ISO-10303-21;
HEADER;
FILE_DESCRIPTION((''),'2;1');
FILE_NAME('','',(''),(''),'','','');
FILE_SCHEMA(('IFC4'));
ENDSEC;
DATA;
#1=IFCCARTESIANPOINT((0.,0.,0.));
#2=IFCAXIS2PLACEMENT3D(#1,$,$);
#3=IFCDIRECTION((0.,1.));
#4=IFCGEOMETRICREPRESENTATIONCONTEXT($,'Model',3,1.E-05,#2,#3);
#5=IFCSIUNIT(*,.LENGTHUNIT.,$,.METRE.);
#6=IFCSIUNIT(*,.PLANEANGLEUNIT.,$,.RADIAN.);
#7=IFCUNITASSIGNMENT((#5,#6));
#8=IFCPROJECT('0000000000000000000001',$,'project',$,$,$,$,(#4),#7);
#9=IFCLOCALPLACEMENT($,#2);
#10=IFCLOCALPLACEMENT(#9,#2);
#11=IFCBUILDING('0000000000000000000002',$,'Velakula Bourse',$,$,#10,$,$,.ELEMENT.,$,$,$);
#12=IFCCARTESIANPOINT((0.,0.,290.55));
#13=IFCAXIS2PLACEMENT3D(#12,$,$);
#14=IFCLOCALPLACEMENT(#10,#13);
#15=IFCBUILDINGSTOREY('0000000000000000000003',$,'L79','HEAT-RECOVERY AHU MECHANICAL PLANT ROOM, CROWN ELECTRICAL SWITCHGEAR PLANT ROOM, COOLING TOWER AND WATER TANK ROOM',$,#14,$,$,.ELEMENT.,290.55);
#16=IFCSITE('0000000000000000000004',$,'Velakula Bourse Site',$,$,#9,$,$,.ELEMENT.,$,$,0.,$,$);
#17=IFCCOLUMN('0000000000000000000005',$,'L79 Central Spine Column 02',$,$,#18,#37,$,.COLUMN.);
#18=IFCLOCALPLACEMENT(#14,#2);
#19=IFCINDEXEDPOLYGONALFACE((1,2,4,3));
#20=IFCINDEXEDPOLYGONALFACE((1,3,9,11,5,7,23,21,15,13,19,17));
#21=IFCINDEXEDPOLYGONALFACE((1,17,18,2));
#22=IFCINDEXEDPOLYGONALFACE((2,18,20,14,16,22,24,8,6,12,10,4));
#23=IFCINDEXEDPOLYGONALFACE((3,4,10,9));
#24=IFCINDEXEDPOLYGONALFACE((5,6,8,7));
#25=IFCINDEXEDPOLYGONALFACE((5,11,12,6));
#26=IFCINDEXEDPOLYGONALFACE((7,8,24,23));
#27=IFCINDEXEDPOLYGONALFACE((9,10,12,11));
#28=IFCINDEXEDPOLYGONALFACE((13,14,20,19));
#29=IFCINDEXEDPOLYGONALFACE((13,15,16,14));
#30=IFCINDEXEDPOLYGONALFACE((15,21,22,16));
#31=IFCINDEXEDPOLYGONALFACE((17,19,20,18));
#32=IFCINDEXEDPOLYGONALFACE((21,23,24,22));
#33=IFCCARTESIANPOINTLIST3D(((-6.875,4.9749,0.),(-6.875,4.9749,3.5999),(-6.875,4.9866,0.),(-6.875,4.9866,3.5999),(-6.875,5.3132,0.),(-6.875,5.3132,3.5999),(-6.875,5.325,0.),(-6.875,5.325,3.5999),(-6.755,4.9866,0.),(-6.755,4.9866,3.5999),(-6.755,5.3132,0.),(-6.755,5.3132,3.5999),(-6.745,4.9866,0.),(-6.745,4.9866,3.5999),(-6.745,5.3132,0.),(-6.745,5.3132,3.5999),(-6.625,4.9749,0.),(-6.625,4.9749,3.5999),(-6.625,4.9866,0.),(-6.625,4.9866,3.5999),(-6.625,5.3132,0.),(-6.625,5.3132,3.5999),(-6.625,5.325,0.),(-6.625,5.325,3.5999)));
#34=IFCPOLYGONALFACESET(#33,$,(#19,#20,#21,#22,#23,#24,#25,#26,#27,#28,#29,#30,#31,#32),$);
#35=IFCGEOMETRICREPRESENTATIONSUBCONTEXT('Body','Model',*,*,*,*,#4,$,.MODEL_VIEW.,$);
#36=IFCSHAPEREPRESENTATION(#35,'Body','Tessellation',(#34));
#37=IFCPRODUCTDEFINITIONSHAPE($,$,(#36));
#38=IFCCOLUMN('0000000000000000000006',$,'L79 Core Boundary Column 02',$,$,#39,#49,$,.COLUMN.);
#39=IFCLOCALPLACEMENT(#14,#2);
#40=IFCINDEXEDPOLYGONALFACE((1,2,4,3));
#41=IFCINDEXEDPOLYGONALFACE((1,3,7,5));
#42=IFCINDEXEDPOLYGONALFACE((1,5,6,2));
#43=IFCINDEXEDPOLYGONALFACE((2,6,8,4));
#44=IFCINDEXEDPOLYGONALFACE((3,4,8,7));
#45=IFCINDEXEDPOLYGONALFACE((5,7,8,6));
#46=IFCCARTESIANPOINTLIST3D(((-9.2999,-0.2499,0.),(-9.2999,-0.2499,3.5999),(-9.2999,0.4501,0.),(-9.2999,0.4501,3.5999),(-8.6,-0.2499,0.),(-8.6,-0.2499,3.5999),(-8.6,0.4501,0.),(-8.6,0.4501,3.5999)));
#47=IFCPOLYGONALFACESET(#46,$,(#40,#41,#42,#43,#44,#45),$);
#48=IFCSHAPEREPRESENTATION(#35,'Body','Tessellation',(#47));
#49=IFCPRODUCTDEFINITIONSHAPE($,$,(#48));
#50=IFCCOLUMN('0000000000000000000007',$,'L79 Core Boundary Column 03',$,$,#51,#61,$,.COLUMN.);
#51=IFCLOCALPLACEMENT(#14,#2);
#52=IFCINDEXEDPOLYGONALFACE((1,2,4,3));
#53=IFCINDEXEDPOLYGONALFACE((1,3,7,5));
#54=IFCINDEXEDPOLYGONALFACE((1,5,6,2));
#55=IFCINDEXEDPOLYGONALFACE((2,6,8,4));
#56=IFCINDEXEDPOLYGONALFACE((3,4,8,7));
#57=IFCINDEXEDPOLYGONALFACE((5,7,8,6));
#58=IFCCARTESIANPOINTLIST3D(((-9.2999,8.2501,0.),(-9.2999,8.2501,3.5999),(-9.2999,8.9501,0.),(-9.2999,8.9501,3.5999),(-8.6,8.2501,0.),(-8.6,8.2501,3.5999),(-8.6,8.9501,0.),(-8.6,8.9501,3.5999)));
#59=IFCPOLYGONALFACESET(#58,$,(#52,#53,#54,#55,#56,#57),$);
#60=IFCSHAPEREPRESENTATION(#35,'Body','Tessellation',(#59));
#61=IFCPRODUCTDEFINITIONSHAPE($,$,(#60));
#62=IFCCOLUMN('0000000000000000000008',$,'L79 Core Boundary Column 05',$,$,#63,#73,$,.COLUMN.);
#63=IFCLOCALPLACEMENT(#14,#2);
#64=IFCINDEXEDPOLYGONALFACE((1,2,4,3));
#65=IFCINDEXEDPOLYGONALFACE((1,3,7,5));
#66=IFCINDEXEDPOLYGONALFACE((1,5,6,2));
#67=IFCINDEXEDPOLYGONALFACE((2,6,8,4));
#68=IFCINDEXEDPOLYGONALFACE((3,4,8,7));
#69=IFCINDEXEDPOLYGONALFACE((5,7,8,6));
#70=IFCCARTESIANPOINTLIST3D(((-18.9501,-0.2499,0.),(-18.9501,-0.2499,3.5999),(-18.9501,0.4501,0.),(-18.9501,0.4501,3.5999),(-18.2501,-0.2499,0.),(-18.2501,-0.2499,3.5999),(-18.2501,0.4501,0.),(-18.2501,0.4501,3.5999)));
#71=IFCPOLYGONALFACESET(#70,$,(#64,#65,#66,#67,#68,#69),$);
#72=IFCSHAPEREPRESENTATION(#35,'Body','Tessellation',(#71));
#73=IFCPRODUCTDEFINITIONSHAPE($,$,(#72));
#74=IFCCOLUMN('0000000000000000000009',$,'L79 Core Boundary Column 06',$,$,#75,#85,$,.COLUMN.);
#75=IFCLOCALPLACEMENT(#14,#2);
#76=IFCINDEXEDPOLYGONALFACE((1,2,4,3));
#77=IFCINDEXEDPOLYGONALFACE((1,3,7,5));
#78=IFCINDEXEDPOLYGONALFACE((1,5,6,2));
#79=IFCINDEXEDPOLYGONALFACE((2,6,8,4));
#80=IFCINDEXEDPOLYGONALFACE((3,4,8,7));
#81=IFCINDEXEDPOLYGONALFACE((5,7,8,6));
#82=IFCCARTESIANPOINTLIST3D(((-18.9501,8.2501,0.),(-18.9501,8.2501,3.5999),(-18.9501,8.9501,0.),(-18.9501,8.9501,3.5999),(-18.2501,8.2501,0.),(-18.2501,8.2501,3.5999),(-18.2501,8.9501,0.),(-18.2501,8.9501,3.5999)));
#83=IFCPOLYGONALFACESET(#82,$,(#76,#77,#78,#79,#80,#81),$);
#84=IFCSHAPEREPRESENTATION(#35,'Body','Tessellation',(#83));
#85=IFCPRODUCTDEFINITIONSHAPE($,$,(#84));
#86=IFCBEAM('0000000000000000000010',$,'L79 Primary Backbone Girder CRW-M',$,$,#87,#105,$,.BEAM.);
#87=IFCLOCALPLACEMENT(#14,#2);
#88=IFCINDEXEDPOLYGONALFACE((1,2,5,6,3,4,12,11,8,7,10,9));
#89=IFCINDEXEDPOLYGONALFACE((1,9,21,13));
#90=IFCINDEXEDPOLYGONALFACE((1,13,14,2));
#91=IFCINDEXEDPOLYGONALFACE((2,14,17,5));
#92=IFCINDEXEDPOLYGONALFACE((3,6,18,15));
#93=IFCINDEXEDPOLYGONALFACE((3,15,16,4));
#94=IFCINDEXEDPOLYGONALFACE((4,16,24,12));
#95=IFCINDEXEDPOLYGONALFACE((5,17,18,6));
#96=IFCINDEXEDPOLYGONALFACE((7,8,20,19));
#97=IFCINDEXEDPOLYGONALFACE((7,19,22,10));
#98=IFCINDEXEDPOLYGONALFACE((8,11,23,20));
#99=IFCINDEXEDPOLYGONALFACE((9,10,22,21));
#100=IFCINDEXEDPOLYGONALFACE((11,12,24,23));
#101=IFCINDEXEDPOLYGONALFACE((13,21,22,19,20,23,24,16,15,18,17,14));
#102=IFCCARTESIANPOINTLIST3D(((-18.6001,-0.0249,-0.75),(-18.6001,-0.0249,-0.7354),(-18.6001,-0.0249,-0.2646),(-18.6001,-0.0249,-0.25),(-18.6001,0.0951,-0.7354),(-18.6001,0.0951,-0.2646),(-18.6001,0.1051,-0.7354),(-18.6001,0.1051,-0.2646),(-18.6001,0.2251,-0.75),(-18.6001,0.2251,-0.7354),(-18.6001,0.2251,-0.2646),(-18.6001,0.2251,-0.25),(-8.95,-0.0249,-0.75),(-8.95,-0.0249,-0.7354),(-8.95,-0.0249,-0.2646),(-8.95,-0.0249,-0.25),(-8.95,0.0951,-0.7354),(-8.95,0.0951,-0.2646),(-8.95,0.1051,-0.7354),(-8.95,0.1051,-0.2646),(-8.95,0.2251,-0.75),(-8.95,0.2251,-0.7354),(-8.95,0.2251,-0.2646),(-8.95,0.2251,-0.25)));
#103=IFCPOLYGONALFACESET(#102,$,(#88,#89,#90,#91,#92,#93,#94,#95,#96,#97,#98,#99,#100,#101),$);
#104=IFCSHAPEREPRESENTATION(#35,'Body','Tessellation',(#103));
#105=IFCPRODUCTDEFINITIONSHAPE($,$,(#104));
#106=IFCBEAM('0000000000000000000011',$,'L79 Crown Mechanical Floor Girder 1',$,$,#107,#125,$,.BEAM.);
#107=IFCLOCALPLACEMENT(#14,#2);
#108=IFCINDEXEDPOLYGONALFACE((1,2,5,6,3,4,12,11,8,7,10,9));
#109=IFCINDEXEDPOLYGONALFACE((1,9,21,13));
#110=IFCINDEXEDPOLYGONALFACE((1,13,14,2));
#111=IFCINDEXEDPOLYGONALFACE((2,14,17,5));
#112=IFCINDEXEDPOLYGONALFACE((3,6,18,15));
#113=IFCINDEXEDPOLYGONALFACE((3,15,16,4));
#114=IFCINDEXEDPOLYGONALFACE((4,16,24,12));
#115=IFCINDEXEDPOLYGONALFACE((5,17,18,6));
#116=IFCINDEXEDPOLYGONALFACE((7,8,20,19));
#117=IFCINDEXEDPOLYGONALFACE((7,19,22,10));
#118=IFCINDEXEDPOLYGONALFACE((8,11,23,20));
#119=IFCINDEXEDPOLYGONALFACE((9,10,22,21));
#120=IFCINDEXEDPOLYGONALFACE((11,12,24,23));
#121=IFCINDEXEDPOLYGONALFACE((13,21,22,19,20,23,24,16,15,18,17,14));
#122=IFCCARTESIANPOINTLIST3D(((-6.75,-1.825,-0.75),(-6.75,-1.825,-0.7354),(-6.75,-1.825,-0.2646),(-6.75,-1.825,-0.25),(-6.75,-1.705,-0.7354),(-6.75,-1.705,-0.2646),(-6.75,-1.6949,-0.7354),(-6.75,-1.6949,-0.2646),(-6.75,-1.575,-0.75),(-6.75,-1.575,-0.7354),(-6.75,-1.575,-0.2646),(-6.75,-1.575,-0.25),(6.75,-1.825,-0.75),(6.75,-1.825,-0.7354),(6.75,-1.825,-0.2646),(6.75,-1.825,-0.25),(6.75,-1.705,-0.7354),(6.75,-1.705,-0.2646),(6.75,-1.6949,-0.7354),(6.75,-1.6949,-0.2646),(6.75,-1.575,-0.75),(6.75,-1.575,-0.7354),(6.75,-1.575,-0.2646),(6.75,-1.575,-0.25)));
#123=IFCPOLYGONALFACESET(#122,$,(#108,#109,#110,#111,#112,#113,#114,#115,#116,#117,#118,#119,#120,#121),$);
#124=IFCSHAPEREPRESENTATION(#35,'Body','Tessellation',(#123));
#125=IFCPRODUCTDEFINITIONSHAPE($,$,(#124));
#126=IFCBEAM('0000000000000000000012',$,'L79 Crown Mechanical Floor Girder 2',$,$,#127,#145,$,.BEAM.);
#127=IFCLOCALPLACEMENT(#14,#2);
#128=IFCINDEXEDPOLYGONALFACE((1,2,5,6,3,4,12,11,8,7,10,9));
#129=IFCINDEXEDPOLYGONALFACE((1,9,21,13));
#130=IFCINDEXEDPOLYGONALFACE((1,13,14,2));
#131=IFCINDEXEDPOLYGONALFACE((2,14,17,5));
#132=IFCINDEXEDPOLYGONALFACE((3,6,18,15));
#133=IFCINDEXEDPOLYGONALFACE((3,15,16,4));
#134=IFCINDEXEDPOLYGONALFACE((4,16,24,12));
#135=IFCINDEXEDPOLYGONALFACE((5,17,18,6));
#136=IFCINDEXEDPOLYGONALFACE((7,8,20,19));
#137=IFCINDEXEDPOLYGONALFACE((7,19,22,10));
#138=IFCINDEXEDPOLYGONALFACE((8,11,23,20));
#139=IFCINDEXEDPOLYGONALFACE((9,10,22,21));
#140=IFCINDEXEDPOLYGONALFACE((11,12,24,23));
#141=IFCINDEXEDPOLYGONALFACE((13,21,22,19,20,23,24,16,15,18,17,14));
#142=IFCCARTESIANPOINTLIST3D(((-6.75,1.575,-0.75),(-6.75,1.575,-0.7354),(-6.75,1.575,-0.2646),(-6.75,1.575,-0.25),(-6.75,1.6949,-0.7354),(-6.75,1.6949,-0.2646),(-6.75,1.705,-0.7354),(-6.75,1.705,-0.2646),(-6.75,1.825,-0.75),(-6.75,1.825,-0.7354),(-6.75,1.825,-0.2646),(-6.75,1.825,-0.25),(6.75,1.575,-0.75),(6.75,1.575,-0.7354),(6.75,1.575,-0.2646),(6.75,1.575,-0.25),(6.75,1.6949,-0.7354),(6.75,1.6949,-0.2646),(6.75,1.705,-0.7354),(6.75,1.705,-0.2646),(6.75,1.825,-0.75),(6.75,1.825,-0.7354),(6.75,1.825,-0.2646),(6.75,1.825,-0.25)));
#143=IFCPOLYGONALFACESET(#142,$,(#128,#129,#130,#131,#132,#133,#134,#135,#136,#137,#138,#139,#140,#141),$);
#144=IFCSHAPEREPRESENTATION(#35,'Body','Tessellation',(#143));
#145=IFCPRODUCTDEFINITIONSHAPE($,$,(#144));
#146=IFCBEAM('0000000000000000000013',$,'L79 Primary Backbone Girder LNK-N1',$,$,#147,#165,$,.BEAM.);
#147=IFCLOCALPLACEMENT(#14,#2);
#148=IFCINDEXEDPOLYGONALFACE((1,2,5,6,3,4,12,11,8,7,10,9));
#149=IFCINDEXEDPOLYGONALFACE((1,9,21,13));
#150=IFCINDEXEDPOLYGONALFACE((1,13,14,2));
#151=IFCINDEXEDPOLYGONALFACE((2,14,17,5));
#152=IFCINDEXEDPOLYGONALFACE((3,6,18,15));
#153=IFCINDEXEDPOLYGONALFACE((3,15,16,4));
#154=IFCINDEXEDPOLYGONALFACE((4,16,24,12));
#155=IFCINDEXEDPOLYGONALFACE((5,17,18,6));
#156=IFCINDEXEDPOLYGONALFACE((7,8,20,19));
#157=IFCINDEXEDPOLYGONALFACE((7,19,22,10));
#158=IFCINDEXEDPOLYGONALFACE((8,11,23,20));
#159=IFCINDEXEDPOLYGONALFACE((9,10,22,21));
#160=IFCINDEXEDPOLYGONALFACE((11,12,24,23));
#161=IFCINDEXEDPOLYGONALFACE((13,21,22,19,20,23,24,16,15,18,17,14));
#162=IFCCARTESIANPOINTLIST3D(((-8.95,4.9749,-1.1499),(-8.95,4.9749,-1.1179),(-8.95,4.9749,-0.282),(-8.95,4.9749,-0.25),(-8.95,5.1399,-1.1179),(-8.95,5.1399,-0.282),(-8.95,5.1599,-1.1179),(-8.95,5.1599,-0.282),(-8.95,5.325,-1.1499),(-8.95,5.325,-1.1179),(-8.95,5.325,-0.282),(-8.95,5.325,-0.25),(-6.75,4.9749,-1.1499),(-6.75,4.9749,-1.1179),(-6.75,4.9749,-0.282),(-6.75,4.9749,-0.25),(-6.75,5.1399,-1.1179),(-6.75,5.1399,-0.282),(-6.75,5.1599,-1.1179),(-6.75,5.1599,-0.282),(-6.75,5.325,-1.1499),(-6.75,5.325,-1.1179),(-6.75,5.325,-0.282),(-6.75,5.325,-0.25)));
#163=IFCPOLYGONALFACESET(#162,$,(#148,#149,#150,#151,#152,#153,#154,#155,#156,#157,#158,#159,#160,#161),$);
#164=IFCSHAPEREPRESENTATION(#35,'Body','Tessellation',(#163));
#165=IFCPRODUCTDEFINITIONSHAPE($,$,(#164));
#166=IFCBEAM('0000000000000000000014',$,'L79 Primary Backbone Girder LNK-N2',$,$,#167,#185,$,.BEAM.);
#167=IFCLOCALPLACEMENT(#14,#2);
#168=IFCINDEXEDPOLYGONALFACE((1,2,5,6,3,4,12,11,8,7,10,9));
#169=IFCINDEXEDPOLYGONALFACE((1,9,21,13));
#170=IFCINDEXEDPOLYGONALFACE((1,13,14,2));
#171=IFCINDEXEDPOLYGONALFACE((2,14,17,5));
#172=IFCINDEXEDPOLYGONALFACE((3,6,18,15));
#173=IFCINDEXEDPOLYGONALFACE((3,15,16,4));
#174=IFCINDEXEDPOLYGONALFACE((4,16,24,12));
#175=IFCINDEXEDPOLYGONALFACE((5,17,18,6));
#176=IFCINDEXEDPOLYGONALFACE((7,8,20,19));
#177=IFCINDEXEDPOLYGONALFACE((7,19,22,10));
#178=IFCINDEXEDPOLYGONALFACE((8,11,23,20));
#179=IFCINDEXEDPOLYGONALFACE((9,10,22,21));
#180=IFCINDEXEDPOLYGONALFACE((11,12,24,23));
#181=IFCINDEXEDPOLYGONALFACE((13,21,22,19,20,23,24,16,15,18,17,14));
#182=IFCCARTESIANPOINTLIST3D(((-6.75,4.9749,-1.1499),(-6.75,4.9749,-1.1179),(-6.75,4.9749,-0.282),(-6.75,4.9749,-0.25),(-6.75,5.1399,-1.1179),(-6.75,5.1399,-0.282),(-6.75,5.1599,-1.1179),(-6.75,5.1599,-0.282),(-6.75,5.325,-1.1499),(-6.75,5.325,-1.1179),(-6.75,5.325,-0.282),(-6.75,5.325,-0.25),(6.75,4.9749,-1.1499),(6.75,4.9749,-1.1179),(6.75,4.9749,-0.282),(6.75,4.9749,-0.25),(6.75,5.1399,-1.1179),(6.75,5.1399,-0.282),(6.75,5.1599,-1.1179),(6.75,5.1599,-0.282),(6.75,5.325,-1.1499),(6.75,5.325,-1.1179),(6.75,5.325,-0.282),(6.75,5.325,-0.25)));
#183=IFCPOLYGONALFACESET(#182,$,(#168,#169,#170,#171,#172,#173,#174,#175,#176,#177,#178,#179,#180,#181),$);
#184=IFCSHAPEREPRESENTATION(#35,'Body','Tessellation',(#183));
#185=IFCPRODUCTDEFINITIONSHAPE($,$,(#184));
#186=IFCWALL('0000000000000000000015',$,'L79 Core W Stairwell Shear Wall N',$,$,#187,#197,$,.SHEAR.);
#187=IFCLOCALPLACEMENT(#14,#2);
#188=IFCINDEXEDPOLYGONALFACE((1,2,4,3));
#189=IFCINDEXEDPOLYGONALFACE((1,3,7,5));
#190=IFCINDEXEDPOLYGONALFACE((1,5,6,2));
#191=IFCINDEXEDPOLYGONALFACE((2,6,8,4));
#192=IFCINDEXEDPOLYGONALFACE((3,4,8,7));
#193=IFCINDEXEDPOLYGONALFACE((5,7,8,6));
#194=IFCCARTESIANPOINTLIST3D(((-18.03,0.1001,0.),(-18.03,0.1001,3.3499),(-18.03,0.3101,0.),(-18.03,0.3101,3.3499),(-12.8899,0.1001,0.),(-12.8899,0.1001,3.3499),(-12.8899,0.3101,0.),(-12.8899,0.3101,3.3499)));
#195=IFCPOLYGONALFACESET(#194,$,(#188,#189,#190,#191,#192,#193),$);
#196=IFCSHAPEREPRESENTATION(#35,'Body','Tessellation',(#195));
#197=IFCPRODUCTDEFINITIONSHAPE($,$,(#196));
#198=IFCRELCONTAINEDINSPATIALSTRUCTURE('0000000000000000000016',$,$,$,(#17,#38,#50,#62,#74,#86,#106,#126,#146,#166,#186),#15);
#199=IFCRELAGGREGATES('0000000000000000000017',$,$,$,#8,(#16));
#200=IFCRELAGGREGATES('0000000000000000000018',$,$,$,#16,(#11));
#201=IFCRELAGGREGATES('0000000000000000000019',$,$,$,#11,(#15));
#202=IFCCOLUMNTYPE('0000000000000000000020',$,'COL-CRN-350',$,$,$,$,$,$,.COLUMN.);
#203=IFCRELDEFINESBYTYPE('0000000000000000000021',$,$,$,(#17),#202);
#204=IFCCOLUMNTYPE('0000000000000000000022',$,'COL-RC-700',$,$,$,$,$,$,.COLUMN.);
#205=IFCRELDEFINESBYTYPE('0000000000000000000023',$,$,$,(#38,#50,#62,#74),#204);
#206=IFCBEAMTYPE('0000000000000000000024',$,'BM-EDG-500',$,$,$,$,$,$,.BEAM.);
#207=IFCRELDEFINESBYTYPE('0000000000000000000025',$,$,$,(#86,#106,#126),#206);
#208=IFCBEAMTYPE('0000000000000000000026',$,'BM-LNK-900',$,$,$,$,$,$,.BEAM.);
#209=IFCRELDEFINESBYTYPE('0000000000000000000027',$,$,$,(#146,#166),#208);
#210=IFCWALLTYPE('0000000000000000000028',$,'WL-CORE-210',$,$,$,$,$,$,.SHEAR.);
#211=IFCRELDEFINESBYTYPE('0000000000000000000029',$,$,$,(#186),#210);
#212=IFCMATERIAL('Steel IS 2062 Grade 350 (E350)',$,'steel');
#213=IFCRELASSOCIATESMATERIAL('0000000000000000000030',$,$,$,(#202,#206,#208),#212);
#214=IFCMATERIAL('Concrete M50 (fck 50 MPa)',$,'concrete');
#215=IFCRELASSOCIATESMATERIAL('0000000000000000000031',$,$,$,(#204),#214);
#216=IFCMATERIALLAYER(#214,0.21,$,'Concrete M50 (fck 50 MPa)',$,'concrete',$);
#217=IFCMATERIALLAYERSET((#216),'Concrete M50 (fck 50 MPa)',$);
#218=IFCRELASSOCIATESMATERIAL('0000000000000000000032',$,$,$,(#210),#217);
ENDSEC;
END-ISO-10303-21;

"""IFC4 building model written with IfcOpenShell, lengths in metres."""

from ifc_helpers import new_model, si_unit, direction, frame, frame_2d, origin, origin_2d, place, context, subcontext, project, spatial, rectangle, i_section, extrude, material, layer, layer_set, material_profile, profile_set, type_object, element, save


model = new_model("IFC4")

# Units and contexts
model_context = context("Model", 3, precision=1e-05, world=origin(), true_north=direction((0.0, 1.0)))
body_context = subcontext(model_context, "Body", "Model", "MODEL_VIEW")
ifc_project = project(units=[si_unit("LENGTHUNIT", "METRE"), si_unit("PLANEANGLEUNIT", "RADIAN")], contexts=[model_context])

# Site, building, storey
site_placement = place(None, origin())
site = spatial("IfcSite", under=ifc_project, at=site_placement, Name="Velakula Bourse Site", CompositionType="ELEMENT", RefElevation=0.0)
building_placement = place(site_placement, origin())
building = spatial("IfcBuilding", under=site, at=building_placement, Name="Velakula Bourse", CompositionType="ELEMENT")
storey_placement = place(building_placement, frame((0.0, 0.0, 290.55)))
storey = spatial("IfcBuildingStorey", under=building, at=storey_placement, Name="L79", Description="HEAT-RECOVERY AHU MECHANICAL PLANT ROOM, CROWN ELECTRICAL SWITCHGEAR PLANT ROOM, COOLING TOWER AND WATER TANK ROOM", CompositionType="ELEMENT", Elevation=290.55)

# Columns
ifc_material_1 = material(Name="Steel IS 2062 Grade 350 (E350)", Category="steel")
ifc_material_profile_1 = material_profile(ifc_material_1, i_section(OverallWidth=0.25, OverallDepth=0.3501, WebThickness=0.01, FlangeThickness=0.0117, at=origin_2d()), Name="Steel IS 2062 Grade 350 (E350)")
ifc_profile_set_1 = profile_set([ifc_material_profile_1], Name="Steel IS 2062 Grade 350 (E350)")
column_type_1 = type_object("IfcColumnType", Name="COL-CRN-350", PredefinedType="COLUMN", material=ifc_profile_set_1)
column_placement = place(storey_placement, frame((-6.75, 5.1499, 0.0), z_axis=(0.0, 0.0, 1.0), x_axis=(1.0, 0.0, 0.0)))
element("IfcColumn", 1, at=column_placement, inside=storey, type_object=column_type_1, Name="L79 Central Spine Column 02", PredefinedType="COLUMN", context=body_context, shape_type="SweptSolid", body=[
    extrude(i_section(OverallWidth=0.25, OverallDepth=0.3501, WebThickness=0.01, FlangeThickness=0.0117, at=origin_2d()), origin(), (0.0, 0.0, 1.0), 3.5999),
])
ifc_material_2 = material(Name="Concrete M50 (fck 50 MPa)", Category="concrete")
ifc_material_profile_2 = material_profile(ifc_material_2, rectangle(XDim=0.7, YDim=0.7, at=origin_2d()), Name="Concrete M50 (fck 50 MPa)")
ifc_profile_set_2 = profile_set([ifc_material_profile_2], Name="Concrete M50 (fck 50 MPa)")
column_type_2 = type_object("IfcColumnType", Name="COL-RC-700", PredefinedType="COLUMN", material=ifc_profile_set_2)
for number, where, z_axis, x_axis, name in (
    (2, (-8.95, 0.1001, 0.0), (0.0, 0.0, 1.0), (1.0, 0.0, 0.0), "L79 Core Boundary Column 02"),
    (3, (-8.95, 8.6001, 0.0), (0.0, 0.0, 1.0), (1.0, 0.0, 0.0), "L79 Core Boundary Column 03"),
    (4, (-18.6001, 0.1001, 0.0), (0.0, 0.0, 1.0), (1.0, 0.0, 0.0), "L79 Core Boundary Column 05"),
    (5, (-18.6001, 8.6001, 0.0), (0.0, 0.0, 1.0), (1.0, 0.0, 0.0), "L79 Core Boundary Column 06"),
):
    element("IfcColumn", number, at=place(storey_placement, frame(where, z_axis=z_axis, x_axis=x_axis)), inside=storey, type_object=column_type_2, Name=name, PredefinedType="COLUMN", context=body_context, shape_type="SweptSolid", body=[
        extrude(rectangle(XDim=0.7, YDim=0.7, at=origin_2d()), origin(), (0.0, 0.0, 1.0), 3.5999),
    ])

# Beams
ifc_material_profile_3 = material_profile(ifc_material_1, i_section(OverallWidth=0.25, OverallDepth=0.5, WebThickness=0.01, FlangeThickness=0.0146, at=origin_2d()), Name="Steel IS 2062 Grade 350 (E350)")
ifc_profile_set_3 = profile_set([ifc_material_profile_3], Name="Steel IS 2062 Grade 350 (E350)")
beam_type_1 = type_object("IfcBeamType", Name="BM-EDG-500", PredefinedType="BEAM", material=ifc_profile_set_3)
beam_1_placement = place(storey_placement, frame((-18.6001, 0.1001, -0.5), z_axis=(1.0, 0.0, 0.0), x_axis=(0.0, 1.0, 0.0)))
element("IfcBeam", 6, at=beam_1_placement, inside=storey, type_object=beam_type_1, Name="L79 Primary Backbone Girder CRW-M", PredefinedType="BEAM", context=body_context, shape_type="SweptSolid", body=[
    extrude(i_section(OverallWidth=0.25, OverallDepth=0.5, WebThickness=0.01, FlangeThickness=0.0146, at=origin_2d()), origin(), (0.0, 0.0, 1.0), 9.6501),
])
for number, where, z_axis, x_axis, name in (
    (7, (-6.75, -1.7, -0.5), (1.0, 0.0, 0.0), (0.0, 1.0, 0.0), "L79 Crown Mechanical Floor Girder 1"),
    (8, (-6.75, 1.7, -0.5), (1.0, 0.0, 0.0), (0.0, 1.0, 0.0), "L79 Crown Mechanical Floor Girder 2"),
):
    element("IfcBeam", number, at=place(storey_placement, frame(where, z_axis=z_axis, x_axis=x_axis)), inside=storey, type_object=beam_type_1, Name=name, PredefinedType="BEAM", context=body_context, shape_type="SweptSolid", body=[
        extrude(i_section(OverallWidth=0.25, OverallDepth=0.5, WebThickness=0.01, FlangeThickness=0.0146, at=origin_2d()), origin(), (0.0, 0.0, 1.0), 13.5),
    ])
ifc_material_profile_4 = material_profile(ifc_material_1, i_section(OverallWidth=0.3501, OverallDepth=0.8999, WebThickness=0.02, FlangeThickness=0.032, at=origin_2d()), Name="Steel IS 2062 Grade 350 (E350)")
ifc_profile_set_4 = profile_set([ifc_material_profile_4], Name="Steel IS 2062 Grade 350 (E350)")
beam_type_2 = type_object("IfcBeamType", Name="BM-LNK-900", PredefinedType="BEAM", material=ifc_profile_set_4)
beam_2_placement = place(storey_placement, frame((-8.95, 5.1499, -0.7), z_axis=(1.0, 0.0, 0.0), x_axis=(0.0, 1.0, 0.0)))
element("IfcBeam", 9, at=beam_2_placement, inside=storey, type_object=beam_type_2, Name="L79 Primary Backbone Girder LNK-N1", PredefinedType="BEAM", context=body_context, shape_type="SweptSolid", body=[
    extrude(i_section(OverallWidth=0.3501, OverallDepth=0.8999, WebThickness=0.02, FlangeThickness=0.032, at=origin_2d()), origin(), (0.0, 0.0, 1.0), 2.2),
])
beam_3_placement = place(storey_placement, frame((-6.75, 5.1499, -0.7), z_axis=(1.0, 0.0, 0.0), x_axis=(0.0, 1.0, 0.0)))
element("IfcBeam", 10, at=beam_3_placement, inside=storey, type_object=beam_type_2, Name="L79 Primary Backbone Girder LNK-N2", PredefinedType="BEAM", context=body_context, shape_type="SweptSolid", body=[
    extrude(i_section(OverallWidth=0.3501, OverallDepth=0.8999, WebThickness=0.02, FlangeThickness=0.032, at=origin_2d()), origin(), (0.0, 0.0, 1.0), 13.5),
])

# Wall
ifc_layer_1 = layer(ifc_material_2, 0.21, Name="Concrete M50 (fck 50 MPa)", Category="concrete")
ifc_layer_set_1 = layer_set([ifc_layer_1], Name="Concrete M50 (fck 50 MPa)")
wall_type_1 = type_object("IfcWallType", Name="WL-CORE-210", PredefinedType="SHEAR", material=ifc_layer_set_1)
wall_1_placement = place(storey_placement, frame((-12.8899, 0.2051, 0.0), z_axis=(0.0, 0.0, 1.0), x_axis=(-1.0, 0.0, 0.0)))
element("IfcWall", 11, at=wall_1_placement, inside=storey, type_object=wall_type_1, Name="L79 Core W Stairwell Shear Wall N", PredefinedType="SHEAR", context=body_context, shape_type="SweptSolid", body=[
    extrude(rectangle(XDim=5.1401, YDim=0.21, at=frame_2d((2.5701, 0.0))), origin(), (0.0, 0.0, 1.0), 3.3499),
])

save(model, "model.ifc")
